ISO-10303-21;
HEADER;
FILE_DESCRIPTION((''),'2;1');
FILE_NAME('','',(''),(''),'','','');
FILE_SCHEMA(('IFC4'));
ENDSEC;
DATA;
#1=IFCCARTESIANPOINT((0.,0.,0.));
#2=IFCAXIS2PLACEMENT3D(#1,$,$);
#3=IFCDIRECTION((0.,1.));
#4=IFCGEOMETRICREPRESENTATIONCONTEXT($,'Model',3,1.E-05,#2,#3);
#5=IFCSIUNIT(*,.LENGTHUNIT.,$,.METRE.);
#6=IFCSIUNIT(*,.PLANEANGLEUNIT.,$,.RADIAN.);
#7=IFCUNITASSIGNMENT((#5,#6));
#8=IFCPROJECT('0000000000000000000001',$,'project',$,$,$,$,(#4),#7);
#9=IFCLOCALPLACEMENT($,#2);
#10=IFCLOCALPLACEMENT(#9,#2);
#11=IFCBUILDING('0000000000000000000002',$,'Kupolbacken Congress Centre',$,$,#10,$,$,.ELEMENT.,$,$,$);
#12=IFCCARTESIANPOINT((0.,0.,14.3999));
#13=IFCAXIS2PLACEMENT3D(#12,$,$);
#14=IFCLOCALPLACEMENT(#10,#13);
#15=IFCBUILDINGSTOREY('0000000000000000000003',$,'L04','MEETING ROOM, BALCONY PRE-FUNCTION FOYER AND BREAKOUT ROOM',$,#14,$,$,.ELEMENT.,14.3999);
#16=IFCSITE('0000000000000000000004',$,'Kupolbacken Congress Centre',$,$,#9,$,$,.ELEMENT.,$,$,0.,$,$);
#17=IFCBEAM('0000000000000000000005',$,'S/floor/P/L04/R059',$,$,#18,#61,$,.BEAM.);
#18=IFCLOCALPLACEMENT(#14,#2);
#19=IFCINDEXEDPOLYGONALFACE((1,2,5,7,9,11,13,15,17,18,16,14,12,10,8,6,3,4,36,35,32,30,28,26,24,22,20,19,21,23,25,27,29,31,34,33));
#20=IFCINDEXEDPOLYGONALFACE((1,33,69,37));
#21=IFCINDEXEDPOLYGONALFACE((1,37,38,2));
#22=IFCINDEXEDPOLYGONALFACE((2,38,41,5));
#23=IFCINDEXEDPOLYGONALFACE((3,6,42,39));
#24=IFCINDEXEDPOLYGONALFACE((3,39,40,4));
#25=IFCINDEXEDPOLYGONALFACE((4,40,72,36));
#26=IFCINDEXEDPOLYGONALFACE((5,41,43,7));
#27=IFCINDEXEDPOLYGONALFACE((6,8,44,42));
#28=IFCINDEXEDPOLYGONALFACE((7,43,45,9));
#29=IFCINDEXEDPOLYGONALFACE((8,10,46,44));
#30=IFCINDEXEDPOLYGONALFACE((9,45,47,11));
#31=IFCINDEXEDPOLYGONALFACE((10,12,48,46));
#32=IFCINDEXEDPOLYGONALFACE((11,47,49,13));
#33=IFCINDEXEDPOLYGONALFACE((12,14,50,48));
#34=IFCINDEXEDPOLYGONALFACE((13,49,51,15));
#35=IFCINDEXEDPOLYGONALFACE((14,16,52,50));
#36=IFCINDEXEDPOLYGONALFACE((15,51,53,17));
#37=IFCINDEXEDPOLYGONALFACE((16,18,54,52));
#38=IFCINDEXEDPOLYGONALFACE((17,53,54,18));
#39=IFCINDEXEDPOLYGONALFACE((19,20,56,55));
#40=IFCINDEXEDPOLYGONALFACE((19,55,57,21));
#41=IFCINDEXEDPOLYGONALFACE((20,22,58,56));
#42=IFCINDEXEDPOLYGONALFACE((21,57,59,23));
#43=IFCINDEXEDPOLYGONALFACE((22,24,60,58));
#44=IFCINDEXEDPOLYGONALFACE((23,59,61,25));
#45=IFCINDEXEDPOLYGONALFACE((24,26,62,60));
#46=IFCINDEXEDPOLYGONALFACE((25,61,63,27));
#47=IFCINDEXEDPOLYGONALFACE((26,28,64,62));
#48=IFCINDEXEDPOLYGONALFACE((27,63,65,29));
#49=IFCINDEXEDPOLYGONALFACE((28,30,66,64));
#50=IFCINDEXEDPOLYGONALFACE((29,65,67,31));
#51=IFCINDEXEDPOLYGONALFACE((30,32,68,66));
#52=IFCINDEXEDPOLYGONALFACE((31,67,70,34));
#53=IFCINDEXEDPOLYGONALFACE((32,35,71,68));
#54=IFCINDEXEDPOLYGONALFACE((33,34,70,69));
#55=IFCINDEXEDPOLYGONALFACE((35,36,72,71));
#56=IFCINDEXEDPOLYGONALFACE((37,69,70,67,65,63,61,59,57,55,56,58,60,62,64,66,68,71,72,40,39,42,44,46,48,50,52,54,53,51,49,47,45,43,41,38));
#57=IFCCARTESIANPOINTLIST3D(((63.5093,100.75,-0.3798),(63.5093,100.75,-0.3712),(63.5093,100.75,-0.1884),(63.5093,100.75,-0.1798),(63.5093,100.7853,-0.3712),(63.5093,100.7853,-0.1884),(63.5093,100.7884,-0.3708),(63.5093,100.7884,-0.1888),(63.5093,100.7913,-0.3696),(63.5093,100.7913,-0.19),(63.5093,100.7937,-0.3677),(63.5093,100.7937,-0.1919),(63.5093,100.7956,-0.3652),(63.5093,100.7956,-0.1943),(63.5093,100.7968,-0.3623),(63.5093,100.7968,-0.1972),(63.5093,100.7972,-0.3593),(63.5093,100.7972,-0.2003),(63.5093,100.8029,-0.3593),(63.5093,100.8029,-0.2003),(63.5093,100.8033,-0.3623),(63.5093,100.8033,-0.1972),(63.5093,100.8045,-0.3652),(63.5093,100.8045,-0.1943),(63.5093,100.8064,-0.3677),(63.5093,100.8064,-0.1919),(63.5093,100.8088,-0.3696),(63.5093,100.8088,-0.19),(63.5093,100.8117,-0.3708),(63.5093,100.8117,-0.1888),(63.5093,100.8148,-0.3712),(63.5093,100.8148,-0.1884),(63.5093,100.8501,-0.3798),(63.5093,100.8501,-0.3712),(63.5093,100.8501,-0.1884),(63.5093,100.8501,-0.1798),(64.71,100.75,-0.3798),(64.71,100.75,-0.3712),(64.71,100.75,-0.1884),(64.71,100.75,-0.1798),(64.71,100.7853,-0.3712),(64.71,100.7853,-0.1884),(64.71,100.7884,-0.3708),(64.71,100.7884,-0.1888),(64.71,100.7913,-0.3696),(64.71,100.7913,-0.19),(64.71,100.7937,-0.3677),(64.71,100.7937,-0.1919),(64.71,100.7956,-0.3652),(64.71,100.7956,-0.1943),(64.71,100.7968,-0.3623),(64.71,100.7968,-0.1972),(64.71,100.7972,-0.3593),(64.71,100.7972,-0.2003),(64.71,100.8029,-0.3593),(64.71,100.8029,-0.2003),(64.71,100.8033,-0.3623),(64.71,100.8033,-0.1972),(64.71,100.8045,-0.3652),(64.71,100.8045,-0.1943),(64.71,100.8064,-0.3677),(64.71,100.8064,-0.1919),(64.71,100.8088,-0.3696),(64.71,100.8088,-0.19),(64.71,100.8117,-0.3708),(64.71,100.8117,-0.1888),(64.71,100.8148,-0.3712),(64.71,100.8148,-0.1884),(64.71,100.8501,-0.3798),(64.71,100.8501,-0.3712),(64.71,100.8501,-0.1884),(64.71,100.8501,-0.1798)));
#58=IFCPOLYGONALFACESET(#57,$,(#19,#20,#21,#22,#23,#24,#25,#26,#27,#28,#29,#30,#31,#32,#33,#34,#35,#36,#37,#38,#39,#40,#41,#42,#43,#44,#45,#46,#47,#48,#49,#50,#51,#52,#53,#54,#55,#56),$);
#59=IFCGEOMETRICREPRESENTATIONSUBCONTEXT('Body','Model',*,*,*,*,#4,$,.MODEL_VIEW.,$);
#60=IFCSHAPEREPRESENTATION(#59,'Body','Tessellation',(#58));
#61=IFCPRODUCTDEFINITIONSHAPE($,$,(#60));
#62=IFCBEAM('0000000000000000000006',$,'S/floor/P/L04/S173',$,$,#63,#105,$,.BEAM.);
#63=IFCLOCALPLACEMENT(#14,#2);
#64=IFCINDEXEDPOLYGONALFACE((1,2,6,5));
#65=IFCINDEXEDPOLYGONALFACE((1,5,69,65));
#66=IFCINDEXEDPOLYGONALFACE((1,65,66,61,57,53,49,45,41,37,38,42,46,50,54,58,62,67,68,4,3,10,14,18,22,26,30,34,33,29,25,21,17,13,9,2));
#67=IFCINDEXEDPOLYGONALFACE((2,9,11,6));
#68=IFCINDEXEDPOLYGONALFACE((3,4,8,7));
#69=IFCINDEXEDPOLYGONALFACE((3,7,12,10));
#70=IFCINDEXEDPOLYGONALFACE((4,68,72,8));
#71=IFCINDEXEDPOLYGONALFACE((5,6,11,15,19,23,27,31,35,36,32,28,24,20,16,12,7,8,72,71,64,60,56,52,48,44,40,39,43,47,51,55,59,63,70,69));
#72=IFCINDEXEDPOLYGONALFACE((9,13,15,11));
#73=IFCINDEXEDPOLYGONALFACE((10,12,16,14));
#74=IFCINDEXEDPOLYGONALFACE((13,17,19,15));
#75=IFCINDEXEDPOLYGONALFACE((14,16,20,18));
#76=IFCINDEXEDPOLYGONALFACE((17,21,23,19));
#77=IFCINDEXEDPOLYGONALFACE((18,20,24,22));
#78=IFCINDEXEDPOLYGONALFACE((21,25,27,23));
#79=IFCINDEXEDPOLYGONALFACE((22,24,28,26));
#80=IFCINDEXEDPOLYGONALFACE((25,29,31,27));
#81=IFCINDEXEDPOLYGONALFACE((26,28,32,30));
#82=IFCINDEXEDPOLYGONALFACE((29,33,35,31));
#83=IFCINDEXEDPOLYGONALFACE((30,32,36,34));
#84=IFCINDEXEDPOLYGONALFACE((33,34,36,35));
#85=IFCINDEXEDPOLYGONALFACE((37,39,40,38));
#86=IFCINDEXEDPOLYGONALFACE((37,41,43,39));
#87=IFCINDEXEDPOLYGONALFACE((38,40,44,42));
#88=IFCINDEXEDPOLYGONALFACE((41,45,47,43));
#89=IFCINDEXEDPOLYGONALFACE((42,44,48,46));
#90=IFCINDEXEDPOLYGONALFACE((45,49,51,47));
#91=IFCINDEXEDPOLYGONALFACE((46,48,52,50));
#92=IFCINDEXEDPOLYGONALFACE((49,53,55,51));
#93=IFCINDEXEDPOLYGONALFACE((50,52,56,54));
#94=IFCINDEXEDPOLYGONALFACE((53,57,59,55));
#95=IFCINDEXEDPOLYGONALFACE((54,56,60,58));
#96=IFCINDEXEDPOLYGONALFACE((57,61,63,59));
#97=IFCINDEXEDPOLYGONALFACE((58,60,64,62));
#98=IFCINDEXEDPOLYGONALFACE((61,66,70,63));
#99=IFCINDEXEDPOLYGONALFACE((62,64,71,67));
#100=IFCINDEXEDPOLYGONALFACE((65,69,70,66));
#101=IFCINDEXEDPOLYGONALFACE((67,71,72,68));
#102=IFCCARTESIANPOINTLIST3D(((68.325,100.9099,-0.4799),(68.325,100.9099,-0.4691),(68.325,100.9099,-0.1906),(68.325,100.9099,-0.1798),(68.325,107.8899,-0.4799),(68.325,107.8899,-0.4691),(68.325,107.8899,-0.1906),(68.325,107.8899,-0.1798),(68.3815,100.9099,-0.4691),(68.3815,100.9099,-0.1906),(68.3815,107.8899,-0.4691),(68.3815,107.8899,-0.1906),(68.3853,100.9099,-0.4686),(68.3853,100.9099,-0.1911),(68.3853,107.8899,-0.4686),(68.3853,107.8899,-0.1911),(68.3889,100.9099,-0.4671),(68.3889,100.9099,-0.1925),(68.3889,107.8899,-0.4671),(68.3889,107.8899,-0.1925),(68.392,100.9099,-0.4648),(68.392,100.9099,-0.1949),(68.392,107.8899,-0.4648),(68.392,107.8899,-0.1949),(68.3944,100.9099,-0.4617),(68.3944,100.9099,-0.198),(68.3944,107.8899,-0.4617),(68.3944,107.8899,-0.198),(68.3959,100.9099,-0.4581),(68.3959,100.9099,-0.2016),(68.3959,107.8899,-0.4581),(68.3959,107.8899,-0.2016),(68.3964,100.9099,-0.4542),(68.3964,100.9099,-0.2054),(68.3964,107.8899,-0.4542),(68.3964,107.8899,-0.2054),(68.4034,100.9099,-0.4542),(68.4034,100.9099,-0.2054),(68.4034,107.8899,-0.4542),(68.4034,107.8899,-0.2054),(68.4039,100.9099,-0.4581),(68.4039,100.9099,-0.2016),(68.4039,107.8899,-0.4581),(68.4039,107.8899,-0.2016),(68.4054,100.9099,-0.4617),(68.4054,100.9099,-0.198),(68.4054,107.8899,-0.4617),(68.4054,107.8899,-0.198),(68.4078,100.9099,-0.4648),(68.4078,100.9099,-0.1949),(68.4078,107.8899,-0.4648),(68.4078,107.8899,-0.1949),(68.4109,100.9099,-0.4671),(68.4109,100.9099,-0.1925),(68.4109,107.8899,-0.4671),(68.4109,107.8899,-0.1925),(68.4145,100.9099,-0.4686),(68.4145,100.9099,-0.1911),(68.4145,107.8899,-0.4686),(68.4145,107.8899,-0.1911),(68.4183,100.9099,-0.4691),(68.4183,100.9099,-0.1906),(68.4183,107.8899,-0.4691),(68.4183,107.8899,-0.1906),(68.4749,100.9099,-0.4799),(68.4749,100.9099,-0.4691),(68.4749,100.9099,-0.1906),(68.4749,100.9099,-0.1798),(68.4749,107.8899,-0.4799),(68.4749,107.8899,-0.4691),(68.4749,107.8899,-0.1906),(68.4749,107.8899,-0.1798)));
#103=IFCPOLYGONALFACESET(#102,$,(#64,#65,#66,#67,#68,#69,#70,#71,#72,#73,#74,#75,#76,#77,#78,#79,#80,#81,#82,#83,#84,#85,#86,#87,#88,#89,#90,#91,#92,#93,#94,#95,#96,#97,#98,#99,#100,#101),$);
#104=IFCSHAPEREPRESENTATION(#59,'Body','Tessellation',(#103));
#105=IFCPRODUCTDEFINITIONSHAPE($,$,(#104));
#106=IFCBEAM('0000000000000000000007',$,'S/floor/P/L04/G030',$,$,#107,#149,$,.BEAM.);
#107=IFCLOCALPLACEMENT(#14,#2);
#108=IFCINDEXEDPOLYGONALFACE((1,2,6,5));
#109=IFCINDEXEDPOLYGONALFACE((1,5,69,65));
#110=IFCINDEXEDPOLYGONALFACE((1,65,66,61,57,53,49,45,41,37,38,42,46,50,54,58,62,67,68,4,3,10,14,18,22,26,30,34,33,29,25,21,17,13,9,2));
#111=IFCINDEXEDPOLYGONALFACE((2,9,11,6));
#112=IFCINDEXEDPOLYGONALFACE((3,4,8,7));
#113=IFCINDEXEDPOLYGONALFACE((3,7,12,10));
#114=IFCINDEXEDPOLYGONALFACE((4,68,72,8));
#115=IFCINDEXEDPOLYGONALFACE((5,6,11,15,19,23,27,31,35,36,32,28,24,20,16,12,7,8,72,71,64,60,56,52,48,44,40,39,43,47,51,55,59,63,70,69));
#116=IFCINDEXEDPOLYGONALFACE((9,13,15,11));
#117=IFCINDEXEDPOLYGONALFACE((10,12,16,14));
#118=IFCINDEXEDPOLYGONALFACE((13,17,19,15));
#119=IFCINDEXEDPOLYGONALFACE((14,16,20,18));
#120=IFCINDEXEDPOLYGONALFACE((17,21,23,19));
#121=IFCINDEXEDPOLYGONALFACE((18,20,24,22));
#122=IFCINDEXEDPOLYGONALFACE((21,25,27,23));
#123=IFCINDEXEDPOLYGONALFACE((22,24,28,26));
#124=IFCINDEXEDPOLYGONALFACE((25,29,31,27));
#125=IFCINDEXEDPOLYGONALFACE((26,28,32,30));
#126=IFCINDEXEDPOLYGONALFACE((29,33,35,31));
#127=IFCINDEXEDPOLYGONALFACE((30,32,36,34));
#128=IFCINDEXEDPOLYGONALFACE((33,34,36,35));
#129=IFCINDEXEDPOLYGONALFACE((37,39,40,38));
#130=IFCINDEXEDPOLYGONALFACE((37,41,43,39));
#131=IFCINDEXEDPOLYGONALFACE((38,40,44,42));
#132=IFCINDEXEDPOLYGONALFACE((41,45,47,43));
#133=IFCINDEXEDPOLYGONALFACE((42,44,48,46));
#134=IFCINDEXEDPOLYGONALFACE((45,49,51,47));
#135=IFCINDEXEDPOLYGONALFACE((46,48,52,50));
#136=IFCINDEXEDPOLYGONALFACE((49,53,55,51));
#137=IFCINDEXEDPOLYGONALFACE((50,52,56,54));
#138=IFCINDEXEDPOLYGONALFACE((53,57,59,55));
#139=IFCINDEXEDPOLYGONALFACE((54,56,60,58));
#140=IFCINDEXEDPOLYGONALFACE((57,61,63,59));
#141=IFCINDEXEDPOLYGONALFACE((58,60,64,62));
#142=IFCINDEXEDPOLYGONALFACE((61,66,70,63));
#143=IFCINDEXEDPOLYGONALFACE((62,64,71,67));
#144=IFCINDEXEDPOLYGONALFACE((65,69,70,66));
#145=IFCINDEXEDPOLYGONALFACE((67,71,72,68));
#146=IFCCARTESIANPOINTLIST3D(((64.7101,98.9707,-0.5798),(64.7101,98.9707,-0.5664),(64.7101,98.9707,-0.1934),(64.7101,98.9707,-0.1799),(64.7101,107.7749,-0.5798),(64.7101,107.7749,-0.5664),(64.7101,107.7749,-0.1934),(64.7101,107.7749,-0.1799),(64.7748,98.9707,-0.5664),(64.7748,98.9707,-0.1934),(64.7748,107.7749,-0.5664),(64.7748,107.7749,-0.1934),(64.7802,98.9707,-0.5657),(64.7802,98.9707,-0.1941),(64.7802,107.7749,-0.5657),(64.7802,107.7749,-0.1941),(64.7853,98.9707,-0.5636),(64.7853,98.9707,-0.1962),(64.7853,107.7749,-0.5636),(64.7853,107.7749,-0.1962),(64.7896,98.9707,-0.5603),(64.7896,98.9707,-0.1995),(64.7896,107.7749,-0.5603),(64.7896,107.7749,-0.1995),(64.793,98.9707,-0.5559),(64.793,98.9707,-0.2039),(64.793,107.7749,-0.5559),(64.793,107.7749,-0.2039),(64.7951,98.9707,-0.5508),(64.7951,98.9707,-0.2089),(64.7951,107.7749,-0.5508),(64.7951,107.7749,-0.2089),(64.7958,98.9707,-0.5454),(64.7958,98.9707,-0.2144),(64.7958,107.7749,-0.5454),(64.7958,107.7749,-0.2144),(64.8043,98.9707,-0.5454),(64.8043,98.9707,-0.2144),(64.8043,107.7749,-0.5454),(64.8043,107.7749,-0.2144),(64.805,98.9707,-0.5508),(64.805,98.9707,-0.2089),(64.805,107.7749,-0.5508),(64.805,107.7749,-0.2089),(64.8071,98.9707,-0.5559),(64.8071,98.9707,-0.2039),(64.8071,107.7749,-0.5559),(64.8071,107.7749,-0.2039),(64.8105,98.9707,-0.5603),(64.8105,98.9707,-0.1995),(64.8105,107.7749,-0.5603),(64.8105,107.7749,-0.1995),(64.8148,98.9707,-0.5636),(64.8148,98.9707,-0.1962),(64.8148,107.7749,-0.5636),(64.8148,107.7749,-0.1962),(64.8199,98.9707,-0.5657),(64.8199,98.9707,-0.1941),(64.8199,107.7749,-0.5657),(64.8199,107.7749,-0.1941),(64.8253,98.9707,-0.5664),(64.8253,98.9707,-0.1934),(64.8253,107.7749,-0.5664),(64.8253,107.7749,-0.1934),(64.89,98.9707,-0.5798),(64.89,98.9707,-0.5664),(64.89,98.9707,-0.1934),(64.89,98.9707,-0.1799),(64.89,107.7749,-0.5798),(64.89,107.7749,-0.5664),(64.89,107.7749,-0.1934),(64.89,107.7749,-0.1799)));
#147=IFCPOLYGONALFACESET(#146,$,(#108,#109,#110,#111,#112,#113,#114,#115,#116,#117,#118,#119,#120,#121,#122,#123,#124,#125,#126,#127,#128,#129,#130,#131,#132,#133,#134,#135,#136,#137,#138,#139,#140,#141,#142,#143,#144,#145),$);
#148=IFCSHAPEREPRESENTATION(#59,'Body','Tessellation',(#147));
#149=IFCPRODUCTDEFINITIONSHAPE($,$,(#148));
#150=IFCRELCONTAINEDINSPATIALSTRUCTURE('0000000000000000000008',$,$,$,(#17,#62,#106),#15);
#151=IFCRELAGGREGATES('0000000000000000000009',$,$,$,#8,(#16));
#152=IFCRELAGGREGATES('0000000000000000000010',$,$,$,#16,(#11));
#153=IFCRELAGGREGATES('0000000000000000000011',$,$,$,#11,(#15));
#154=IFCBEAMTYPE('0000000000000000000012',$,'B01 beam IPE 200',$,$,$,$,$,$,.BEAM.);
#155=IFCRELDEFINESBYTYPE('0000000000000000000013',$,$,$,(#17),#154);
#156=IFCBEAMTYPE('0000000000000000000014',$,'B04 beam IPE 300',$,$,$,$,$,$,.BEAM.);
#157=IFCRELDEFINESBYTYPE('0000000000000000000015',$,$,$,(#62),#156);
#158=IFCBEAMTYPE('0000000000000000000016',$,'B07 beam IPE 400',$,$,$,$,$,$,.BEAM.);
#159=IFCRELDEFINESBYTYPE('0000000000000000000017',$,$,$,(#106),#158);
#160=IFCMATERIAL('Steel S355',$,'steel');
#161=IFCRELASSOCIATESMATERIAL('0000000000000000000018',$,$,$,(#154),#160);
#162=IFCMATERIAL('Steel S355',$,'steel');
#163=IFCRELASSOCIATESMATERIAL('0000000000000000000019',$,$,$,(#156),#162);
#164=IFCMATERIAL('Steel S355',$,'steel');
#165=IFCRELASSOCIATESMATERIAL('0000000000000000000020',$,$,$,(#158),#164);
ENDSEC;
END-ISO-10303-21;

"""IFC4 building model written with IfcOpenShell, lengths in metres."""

from ifc_helpers import new_model, si_unit, direction, frame, origin, origin_2d, place, context, subcontext, project, spatial, i_section, extrude, material, material_profile, profile_set, type_object, element, save


model = new_model("IFC4")

# Units and contexts
model_context = context("Model", 3, precision=1e-05, world=origin(), true_north=direction((0.0, 1.0)))
body_context = subcontext(model_context, "Body", "Model", "MODEL_VIEW")
ifc_project = project(units=[si_unit("LENGTHUNIT", "METRE"), si_unit("PLANEANGLEUNIT", "RADIAN")], contexts=[model_context])

# Site, building, storey
site_placement = place(None, origin())
site = spatial("IfcSite", under=ifc_project, at=site_placement, Name="Kupolbacken Congress Centre", CompositionType="ELEMENT", RefElevation=0.0)
building_placement = place(site_placement, origin())
building = spatial("IfcBuilding", under=site, at=building_placement, Name="Kupolbacken Congress Centre", CompositionType="ELEMENT")
storey_placement = place(building_placement, frame((0.0, 0.0, 14.3999)))
storey = spatial("IfcBuildingStorey", under=building, at=storey_placement, Name="L04", Description="MEETING ROOM, BALCONY PRE-FUNCTION FOYER AND BREAKOUT ROOM", CompositionType="ELEMENT", Elevation=14.3999)

# Beams
ifc_material_1 = material(Name="Steel S355", Category="steel")
ifc_material_profile_1 = material_profile(ifc_material_1, i_section(OverallWidth=0.1001, OverallDepth=0.2, WebThickness=0.0056, FlangeThickness=0.0085, FilletRadius=0.012, at=origin_2d()), Name="IPE 200")
ifc_profile_set_1 = profile_set([ifc_material_profile_1], Name="Steel S355")
beam_type_1 = type_object("IfcBeamType", Name="B01 beam IPE 200", PredefinedType="BEAM", material=ifc_profile_set_1)
beam_1_placement = place(storey_placement, frame((63.5093, 100.8, -0.2798), z_axis=(1.0, 0.0, 0.0), x_axis=(0.0, 1.0, 0.0)))
element("IfcBeam", 1, at=beam_1_placement, inside=storey, type_object=beam_type_1, Name="S/floor/P/L04/R059", PredefinedType="BEAM", context=body_context, shape_type="SweptSolid", body=[
    extrude(i_section(OverallWidth=0.1001, OverallDepth=0.2, WebThickness=0.0056, FlangeThickness=0.0085, FilletRadius=0.012, at=origin_2d()), origin(), (0.0, 0.0, 1.0), 1.2007),
])
ifc_material_2 = material(Name="Steel S355", Category="steel")
ifc_material_profile_2 = material_profile(ifc_material_2, i_section(OverallWidth=0.1499, OverallDepth=0.3, WebThickness=0.0071, FlangeThickness=0.0107, FilletRadius=0.0149, at=origin_2d()), Name="IPE 300")
ifc_profile_set_2 = profile_set([ifc_material_profile_2], Name="Steel S355")
beam_type_2 = type_object("IfcBeamType", Name="B04 beam IPE 300", PredefinedType="BEAM", material=ifc_profile_set_2)
beam_2_placement = place(storey_placement, frame((68.3999, 100.9099, -0.3298), z_axis=(0.0, 1.0, 0.0), x_axis=(-1.0, 0.0, 0.0)))
element("IfcBeam", 2, at=beam_2_placement, inside=storey, type_object=beam_type_2, Name="S/floor/P/L04/S173", PredefinedType="BEAM", context=body_context, shape_type="SweptSolid", body=[
    extrude(i_section(OverallWidth=0.1499, OverallDepth=0.3, WebThickness=0.0071, FlangeThickness=0.0107, FilletRadius=0.0149, at=origin_2d()), origin(), (0.0, 0.0, 1.0), 6.98),
])
ifc_material_3 = material(Name="Steel S355", Category="steel")
ifc_material_profile_3 = material_profile(ifc_material_3, i_section(OverallWidth=0.1799, OverallDepth=0.3999, WebThickness=0.0085, FlangeThickness=0.0134, FilletRadius=0.021, at=origin_2d()), Name="IPE 400")
ifc_profile_set_3 = profile_set([ifc_material_profile_3], Name="Steel S355")
beam_type_3 = type_object("IfcBeamType", Name="B07 beam IPE 400", PredefinedType="BEAM", material=ifc_profile_set_3)
beam_3_placement = place(storey_placement, frame((64.8, 98.9707, -0.3799), z_axis=(0.0, 1.0, 0.0), x_axis=(-1.0, 0.0, 0.0)))
element("IfcBeam", 3, at=beam_3_placement, inside=storey, type_object=beam_type_3, Name="S/floor/P/L04/G030", PredefinedType="BEAM", context=body_context, shape_type="SweptSolid", body=[
    extrude(i_section(OverallWidth=0.1799, OverallDepth=0.3999, WebThickness=0.0085, FlangeThickness=0.0134, FilletRadius=0.021, at=origin_2d()), origin(), (0.0, 0.0, 1.0), 8.8042),
])

save(model, "model.ifc")
